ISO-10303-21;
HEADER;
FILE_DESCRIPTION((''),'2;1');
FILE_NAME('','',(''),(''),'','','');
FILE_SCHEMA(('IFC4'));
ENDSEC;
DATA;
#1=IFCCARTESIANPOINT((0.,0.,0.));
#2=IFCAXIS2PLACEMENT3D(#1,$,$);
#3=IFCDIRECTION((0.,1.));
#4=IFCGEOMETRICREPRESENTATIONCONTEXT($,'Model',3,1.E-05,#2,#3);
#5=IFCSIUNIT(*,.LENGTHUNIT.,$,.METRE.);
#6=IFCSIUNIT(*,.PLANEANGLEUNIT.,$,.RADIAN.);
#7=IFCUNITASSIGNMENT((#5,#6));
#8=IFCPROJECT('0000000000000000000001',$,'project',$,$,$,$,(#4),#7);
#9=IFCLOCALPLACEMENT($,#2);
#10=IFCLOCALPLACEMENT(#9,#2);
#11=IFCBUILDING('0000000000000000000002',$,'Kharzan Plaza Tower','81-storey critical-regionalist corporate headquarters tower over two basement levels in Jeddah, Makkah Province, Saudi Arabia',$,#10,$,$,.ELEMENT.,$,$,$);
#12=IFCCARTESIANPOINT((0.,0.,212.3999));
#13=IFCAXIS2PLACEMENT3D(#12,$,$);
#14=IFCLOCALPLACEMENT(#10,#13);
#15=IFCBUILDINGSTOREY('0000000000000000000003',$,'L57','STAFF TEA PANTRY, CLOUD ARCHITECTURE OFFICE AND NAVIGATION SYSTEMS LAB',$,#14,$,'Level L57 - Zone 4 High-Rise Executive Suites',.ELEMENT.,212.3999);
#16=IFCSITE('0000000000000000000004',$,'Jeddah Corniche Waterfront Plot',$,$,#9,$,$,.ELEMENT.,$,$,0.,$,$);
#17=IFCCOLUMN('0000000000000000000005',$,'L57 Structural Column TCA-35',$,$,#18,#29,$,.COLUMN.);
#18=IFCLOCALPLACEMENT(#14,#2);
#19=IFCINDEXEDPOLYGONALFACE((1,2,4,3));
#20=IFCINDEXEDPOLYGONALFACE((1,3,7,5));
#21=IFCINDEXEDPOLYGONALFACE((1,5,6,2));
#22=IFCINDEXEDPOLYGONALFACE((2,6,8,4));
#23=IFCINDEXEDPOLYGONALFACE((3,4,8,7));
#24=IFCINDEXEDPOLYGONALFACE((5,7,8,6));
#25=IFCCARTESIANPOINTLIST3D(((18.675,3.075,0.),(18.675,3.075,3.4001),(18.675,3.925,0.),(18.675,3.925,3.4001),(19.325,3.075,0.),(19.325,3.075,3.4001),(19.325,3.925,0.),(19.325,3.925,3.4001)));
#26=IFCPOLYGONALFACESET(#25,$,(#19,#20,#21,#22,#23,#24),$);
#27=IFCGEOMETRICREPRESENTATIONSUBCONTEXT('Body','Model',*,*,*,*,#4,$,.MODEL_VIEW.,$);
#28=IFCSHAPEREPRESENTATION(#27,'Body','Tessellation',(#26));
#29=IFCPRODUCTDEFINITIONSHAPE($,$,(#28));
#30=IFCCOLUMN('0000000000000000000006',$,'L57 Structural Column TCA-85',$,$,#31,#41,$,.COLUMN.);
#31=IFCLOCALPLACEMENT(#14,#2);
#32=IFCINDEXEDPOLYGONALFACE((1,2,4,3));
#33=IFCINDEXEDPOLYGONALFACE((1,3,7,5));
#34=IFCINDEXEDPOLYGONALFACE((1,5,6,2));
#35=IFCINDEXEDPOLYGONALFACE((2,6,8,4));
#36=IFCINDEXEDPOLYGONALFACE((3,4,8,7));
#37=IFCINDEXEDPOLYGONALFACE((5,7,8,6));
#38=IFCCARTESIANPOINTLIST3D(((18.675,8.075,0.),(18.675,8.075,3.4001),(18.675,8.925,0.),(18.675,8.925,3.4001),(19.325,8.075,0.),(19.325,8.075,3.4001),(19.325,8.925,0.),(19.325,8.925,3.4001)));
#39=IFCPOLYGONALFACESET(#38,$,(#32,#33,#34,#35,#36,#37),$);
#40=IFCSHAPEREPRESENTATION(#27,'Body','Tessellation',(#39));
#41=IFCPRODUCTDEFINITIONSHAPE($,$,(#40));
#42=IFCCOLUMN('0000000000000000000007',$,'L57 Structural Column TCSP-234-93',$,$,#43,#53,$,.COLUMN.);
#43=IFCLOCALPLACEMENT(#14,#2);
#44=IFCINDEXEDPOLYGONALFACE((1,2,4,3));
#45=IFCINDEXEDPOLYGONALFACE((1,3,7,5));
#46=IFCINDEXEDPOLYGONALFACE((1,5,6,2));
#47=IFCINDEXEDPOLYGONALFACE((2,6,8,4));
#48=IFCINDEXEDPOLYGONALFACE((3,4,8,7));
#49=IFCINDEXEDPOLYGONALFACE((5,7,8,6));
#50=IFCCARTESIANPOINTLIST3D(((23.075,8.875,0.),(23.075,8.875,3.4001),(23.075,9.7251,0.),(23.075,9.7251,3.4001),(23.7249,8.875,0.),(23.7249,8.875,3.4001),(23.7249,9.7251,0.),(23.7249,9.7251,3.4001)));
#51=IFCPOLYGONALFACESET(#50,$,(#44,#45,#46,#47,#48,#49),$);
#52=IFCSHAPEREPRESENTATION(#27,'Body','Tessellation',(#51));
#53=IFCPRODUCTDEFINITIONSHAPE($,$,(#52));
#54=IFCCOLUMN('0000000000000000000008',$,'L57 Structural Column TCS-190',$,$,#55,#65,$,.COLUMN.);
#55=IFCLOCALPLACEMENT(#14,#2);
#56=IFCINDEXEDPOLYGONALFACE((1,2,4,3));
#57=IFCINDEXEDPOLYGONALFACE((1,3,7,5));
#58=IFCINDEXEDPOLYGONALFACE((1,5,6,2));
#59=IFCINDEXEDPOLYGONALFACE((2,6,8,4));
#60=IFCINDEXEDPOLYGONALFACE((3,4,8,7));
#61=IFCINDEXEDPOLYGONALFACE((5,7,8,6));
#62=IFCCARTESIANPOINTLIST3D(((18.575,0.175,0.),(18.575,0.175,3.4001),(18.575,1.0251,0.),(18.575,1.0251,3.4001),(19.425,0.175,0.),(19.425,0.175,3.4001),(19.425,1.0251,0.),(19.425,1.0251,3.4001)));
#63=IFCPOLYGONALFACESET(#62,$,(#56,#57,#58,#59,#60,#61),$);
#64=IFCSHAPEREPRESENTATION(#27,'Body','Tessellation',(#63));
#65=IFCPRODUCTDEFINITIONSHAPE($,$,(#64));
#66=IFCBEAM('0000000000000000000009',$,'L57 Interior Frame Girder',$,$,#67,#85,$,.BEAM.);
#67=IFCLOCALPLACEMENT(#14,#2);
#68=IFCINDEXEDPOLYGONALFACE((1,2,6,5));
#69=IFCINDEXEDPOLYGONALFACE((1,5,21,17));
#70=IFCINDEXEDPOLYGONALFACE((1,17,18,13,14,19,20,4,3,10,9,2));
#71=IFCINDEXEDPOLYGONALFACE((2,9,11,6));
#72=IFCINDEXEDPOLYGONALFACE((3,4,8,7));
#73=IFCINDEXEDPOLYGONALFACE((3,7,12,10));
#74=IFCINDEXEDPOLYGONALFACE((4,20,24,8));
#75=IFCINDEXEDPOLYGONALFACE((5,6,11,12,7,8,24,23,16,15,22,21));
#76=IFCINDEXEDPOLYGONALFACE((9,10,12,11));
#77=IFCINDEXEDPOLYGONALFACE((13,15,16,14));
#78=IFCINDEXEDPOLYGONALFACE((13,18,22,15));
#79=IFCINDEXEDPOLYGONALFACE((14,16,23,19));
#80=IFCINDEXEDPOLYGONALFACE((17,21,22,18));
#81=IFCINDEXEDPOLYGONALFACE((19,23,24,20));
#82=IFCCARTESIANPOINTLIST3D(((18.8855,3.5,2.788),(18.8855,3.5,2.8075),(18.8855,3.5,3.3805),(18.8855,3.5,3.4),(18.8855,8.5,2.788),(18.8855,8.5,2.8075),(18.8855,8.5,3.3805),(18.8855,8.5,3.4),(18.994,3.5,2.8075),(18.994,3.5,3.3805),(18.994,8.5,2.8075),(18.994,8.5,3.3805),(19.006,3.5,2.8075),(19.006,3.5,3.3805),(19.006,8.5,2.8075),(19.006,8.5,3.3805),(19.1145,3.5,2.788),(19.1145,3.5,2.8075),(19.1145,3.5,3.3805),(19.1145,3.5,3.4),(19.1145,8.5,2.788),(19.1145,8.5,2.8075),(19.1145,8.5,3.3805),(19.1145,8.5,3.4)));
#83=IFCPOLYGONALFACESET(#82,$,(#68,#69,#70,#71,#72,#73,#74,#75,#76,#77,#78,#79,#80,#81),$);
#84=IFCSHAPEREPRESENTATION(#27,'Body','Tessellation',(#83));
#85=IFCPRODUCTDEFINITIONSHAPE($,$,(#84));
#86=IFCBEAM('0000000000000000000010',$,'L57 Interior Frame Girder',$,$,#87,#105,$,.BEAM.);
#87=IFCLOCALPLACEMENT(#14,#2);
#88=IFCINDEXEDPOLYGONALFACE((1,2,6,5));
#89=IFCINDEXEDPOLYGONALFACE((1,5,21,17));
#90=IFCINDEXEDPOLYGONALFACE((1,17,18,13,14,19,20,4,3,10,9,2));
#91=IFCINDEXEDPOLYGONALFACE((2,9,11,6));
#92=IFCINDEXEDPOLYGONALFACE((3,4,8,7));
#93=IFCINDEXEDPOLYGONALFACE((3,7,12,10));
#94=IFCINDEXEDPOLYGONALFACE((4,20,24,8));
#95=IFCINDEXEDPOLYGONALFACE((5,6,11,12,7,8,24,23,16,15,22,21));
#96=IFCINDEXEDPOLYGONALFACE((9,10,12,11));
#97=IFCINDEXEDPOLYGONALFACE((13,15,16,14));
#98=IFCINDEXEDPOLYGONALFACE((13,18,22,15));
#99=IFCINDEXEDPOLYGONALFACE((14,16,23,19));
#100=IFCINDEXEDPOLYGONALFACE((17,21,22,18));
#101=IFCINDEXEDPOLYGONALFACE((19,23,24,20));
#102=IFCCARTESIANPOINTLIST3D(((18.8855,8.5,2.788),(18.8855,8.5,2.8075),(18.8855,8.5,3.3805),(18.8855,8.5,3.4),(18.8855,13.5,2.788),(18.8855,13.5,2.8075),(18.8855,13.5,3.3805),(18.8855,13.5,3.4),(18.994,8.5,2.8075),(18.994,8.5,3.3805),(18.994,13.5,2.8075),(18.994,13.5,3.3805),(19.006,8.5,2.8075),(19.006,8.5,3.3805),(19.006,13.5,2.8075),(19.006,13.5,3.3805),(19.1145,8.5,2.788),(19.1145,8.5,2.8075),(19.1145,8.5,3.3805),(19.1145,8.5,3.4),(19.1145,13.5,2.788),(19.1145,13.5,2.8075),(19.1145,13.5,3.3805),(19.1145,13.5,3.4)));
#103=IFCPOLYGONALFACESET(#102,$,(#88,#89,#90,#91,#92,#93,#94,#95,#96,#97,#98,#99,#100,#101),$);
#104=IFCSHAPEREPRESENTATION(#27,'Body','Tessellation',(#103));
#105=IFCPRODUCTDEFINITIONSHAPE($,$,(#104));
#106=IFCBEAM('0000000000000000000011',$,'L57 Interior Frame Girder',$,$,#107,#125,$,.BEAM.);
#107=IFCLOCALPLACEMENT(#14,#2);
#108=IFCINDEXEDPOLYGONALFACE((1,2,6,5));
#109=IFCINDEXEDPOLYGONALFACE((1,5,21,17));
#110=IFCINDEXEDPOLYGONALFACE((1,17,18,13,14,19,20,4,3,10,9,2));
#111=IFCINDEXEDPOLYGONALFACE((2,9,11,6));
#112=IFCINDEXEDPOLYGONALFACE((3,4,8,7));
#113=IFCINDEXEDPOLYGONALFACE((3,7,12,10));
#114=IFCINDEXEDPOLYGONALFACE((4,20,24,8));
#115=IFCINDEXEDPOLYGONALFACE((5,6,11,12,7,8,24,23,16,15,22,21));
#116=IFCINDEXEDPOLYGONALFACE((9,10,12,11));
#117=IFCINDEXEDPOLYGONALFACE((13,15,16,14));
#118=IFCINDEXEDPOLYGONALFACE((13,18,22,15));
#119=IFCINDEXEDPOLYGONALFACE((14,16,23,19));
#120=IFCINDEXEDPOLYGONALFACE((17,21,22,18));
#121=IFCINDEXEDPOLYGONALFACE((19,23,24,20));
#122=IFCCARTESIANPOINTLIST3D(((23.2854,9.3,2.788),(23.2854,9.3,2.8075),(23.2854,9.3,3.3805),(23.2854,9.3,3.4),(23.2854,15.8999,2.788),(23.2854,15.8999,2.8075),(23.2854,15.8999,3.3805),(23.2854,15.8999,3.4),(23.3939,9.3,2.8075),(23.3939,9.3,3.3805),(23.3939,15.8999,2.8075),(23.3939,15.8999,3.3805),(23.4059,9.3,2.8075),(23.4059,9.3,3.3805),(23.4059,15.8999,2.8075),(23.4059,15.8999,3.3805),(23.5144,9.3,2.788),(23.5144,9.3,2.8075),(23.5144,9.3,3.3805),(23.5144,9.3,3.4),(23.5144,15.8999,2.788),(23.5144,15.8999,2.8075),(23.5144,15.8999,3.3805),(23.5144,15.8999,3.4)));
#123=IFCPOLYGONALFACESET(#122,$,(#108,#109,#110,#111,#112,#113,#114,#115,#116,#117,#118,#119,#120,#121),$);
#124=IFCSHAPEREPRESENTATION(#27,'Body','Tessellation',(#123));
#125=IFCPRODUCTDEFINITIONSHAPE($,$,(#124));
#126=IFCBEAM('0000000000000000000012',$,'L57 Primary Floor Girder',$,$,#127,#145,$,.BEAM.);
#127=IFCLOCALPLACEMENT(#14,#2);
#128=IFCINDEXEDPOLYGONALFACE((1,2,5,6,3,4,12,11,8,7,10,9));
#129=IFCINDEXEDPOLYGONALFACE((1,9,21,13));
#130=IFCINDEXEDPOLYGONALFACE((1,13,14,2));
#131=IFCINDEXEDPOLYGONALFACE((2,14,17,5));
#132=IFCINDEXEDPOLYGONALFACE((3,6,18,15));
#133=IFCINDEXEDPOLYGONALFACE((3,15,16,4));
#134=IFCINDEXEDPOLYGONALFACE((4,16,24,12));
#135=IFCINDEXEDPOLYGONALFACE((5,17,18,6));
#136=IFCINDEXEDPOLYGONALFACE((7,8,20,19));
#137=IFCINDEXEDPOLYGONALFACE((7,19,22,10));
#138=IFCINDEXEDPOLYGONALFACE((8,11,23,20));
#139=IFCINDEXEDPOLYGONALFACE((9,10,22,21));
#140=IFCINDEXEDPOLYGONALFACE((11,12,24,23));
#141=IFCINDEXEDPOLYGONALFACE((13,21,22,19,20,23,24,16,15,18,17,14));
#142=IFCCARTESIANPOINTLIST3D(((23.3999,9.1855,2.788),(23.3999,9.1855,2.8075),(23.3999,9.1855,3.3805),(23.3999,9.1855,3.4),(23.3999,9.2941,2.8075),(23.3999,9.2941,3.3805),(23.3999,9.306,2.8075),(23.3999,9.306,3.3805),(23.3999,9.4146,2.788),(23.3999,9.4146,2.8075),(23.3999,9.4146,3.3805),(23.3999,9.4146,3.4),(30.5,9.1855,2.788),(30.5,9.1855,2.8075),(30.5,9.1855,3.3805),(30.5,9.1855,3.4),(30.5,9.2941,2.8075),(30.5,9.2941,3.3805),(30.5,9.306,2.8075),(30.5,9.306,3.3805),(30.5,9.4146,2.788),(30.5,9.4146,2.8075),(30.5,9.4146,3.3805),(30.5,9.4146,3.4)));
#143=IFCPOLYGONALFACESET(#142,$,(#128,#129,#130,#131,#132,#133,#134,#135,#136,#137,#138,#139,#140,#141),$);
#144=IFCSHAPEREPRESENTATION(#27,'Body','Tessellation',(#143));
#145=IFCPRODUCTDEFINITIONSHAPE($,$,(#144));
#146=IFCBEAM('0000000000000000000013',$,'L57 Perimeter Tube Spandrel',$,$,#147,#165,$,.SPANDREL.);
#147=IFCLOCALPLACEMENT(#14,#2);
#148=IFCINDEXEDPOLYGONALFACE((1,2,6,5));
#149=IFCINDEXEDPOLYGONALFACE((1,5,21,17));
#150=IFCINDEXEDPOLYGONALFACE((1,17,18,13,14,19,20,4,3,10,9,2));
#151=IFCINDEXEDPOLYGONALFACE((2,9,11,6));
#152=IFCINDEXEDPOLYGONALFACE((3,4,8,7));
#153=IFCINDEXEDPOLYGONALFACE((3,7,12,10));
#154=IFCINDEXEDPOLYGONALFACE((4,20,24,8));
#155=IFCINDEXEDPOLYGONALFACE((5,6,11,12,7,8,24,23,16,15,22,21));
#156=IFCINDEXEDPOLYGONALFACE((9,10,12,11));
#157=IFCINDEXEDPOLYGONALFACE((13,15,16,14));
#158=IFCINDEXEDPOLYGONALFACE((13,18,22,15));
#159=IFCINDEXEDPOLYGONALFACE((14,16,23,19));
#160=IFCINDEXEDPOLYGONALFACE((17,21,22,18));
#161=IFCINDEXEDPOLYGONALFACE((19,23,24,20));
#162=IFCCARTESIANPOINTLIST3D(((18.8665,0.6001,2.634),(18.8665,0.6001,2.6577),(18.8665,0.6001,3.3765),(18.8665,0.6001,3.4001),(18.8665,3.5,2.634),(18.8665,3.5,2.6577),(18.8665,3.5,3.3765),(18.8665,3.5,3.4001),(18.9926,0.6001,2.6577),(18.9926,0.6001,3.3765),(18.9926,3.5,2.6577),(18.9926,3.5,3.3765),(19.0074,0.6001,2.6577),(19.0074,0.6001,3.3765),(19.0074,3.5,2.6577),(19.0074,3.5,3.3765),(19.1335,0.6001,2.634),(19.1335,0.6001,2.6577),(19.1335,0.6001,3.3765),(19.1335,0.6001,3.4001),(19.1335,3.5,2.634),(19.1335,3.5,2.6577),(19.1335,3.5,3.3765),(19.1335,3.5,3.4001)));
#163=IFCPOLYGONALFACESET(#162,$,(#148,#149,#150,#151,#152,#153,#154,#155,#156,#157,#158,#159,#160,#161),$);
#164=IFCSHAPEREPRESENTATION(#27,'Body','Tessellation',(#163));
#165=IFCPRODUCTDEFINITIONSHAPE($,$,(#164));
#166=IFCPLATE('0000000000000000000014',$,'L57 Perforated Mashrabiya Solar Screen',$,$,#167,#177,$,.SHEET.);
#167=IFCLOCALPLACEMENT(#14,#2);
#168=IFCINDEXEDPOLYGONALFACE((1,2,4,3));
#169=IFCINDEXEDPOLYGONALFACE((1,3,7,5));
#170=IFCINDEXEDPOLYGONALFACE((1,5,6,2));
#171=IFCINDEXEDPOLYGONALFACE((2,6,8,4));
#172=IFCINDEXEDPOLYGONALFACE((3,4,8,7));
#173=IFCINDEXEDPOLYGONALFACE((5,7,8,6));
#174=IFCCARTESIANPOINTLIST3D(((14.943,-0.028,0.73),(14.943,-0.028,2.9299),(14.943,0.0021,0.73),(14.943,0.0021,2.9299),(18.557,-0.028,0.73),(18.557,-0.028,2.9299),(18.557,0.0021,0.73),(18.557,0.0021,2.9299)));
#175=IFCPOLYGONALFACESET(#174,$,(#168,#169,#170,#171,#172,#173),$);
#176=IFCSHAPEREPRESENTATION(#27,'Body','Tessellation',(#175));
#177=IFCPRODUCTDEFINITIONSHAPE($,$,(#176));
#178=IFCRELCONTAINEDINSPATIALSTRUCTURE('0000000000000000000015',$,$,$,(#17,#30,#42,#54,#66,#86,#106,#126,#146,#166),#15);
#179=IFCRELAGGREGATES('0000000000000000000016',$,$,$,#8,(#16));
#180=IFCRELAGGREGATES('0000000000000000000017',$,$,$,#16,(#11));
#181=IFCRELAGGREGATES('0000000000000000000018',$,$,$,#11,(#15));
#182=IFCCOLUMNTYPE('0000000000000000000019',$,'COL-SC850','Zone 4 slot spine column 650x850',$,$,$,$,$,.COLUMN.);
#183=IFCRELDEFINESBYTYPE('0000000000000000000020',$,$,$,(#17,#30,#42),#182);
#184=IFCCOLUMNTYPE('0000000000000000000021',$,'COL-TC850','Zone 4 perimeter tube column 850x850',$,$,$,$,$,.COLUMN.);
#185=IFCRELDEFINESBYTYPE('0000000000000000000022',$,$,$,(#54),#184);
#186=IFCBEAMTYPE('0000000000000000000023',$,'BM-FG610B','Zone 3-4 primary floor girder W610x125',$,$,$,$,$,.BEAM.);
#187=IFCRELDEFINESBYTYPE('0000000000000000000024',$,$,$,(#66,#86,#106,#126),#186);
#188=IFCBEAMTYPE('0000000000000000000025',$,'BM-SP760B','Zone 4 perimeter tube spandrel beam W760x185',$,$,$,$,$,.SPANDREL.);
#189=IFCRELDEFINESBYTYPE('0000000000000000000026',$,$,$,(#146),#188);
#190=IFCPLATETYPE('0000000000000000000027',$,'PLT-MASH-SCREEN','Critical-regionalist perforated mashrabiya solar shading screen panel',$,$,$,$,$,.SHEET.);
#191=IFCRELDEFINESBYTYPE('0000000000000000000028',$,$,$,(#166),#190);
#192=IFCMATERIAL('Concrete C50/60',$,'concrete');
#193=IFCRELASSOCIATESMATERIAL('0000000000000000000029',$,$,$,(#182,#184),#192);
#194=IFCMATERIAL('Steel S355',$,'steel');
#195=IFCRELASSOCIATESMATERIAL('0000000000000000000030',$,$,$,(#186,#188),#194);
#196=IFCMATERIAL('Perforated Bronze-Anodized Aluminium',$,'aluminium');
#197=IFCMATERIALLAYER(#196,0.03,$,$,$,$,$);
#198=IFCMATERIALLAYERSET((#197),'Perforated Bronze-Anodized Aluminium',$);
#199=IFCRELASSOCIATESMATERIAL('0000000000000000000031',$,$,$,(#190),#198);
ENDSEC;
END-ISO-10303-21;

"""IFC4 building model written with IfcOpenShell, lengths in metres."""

from ifc_helpers import new_model, si_unit, direction, frame, origin, origin_2d, place, context, subcontext, project, spatial, rectangle, i_section, extrude, source, transform, mapped, material, layer, layer_set, material_profile, profile_set, type_object, element, save


model = new_model("IFC4")

# Units and contexts
model_context = context("Model", 3, precision=1e-05, world=origin(), true_north=direction((0.0, 1.0)))
body_context = subcontext(model_context, "Body", "Model", "MODEL_VIEW")
ifc_project = project(units=[si_unit("LENGTHUNIT", "METRE"), si_unit("PLANEANGLEUNIT", "RADIAN")], contexts=[model_context])

# Site, building, storey
site_placement = place(None, origin())
site = spatial("IfcSite", under=ifc_project, at=site_placement, Name="Jeddah Corniche Waterfront Plot", CompositionType="ELEMENT", RefElevation=0.0)
building_placement = place(site_placement, origin())
building = spatial("IfcBuilding", under=site, at=building_placement, Name="Kharzan Plaza Tower", Description="81-storey critical-regionalist corporate headquarters tower over two basement levels in Jeddah, Makkah Province, Saudi Arabia", CompositionType="ELEMENT")
storey_placement = place(building_placement, frame((0.0, 0.0, 212.3999)))
storey = spatial("IfcBuildingStorey", under=building, at=storey_placement, Name="L57", Description="STAFF TEA PANTRY, CLOUD ARCHITECTURE OFFICE AND NAVIGATION SYSTEMS LAB", LongName="Level L57 - Zone 4 High-Rise Executive Suites", CompositionType="ELEMENT", Elevation=212.3999)

# Columns
ifc_material_1 = material(Name="Concrete C50/60", Category="concrete")
ifc_material_profile_1 = material_profile(ifc_material_1, rectangle(XDim=0.6499, YDim=0.8501, at=origin_2d()), Name="RC-SC850x650")
ifc_profile_set_1 = profile_set([ifc_material_profile_1], Name="Concrete C50/60")
column_type_1 = type_object("IfcColumnType", Name="COL-SC850", Description="Zone 4 slot spine column 650x850", PredefinedType="COLUMN", material=ifc_profile_set_1)
shared_shape_1 = source(origin(), body_context, "Body", "SweptSolid", [
    extrude(rectangle(XDim=0.6499, YDim=0.8501, at=origin_2d()), origin(), (0.0, 0.0, 1.0), 3.4001),
])
for number, where, z_axis, x_axis, name in (
    (1, (19.0, 3.5, 0.0), (0.0, 0.0, 1.0), (1.0, 0.0, 0.0), "L57 Structural Column TCA-35"),
    (2, (19.0, 8.5, 0.0), (0.0, 0.0, 1.0), (1.0, 0.0, 0.0), "L57 Structural Column TCA-85"),
    (3, (23.3999, 9.3, 0.0), (0.0, 0.0, 1.0), (1.0, 0.0, 0.0), "L57 Structural Column TCSP-234-93"),
):
    element("IfcColumn", number, at=place(storey_placement, frame(where, z_axis=z_axis, x_axis=x_axis)), inside=storey, type_object=column_type_1, Name=name, PredefinedType="COLUMN", context=body_context, shape_type="MappedRepresentation", body=[
        mapped(shared_shape_1, transform((0.0, 0.0, 0.0), x_axis=(1.0, 0.0, 0.0), y_axis=(0.0, 1.0, 0.0), z_axis=(0.0, 0.0, 1.0))),
    ])
ifc_material_profile_2 = material_profile(ifc_material_1, rectangle(XDim=0.8501, YDim=0.8501, at=origin_2d()), Name="RC-TC850x850")
ifc_profile_set_2 = profile_set([ifc_material_profile_2], Name="Concrete C50/60")
column_type_2 = type_object("IfcColumnType", Name="COL-TC850", Description="Zone 4 perimeter tube column 850x850", PredefinedType="COLUMN", material=ifc_profile_set_2)
shared_shape_2 = source(origin(), body_context, "Body", "SweptSolid", [
    extrude(rectangle(XDim=0.8501, YDim=0.8501, at=origin_2d()), origin(), (0.0, 0.0, 1.0), 3.4001),
])
column_placement = place(storey_placement, frame((19.0, 0.6001, 0.0), z_axis=(0.0, 0.0, 1.0), x_axis=(1.0, 0.0, 0.0)))
element("IfcColumn", 4, at=column_placement, inside=storey, type_object=column_type_2, Name="L57 Structural Column TCS-190", PredefinedType="COLUMN", context=body_context, shape_type="MappedRepresentation", body=[
    mapped(shared_shape_2, transform((0.0, 0.0, 0.0), x_axis=(1.0, 0.0, 0.0), y_axis=(0.0, 1.0, 0.0), z_axis=(0.0, 0.0, 1.0))),
])

# Beams
ifc_material_2 = material(Name="Steel S355", Category="steel")
ifc_material_profile_3 = material_profile(ifc_material_2, i_section(OverallWidth=0.229, OverallDepth=0.6121, WebThickness=0.012, FlangeThickness=0.0195, at=origin_2d()), Name="W610x125")
ifc_profile_set_3 = profile_set([ifc_material_profile_3], Name="Steel S355")
beam_type_1 = type_object("IfcBeamType", Name="BM-FG610B", Description="Zone 3-4 primary floor girder W610x125", PredefinedType="BEAM", material=ifc_profile_set_3)
shared_shape_3 = source(origin(), body_context, "Body", "SweptSolid", [
    extrude(i_section(OverallWidth=0.229, OverallDepth=0.6121, WebThickness=0.012, FlangeThickness=0.0195, at=origin_2d()), origin(), (0.0, 0.0, 1.0), 5.0),
])
for number, where, z_axis, x_axis, name in (
    (5, (19.0, 3.5, 3.094), (0.0, 1.0, 0.0), (-1.0, 0.0, 0.0), "L57 Interior Frame Girder"),
    (6, (19.0, 8.5, 3.094), (0.0, 1.0, 0.0), (-1.0, 0.0, 0.0), "L57 Interior Frame Girder"),
):
    element("IfcBeam", number, at=place(storey_placement, frame(where, z_axis=z_axis, x_axis=x_axis)), inside=storey, type_object=beam_type_1, Name=name, PredefinedType="BEAM", context=body_context, shape_type="MappedRepresentation", body=[
        mapped(shared_shape_3, transform((0.0, 0.0, 0.0), x_axis=(1.0, 0.0, 0.0), y_axis=(0.0, 1.0, 0.0), z_axis=(0.0, 0.0, 1.0))),
    ])
shared_shape_4 = source(origin(), body_context, "Body", "SweptSolid", [
    extrude(i_section(OverallWidth=0.229, OverallDepth=0.6121, WebThickness=0.012, FlangeThickness=0.0195, at=origin_2d()), origin(), (0.0, 0.0, 1.0), 6.5999),
])
beam_1_placement = place(storey_placement, frame((23.3999, 9.3, 3.094), z_axis=(0.0, 1.0, 0.0), x_axis=(-1.0, 0.0, 0.0)))
element("IfcBeam", 7, at=beam_1_placement, inside=storey, type_object=beam_type_1, Name="L57 Interior Frame Girder", PredefinedType="BEAM", context=body_context, shape_type="MappedRepresentation", body=[
    mapped(shared_shape_4, transform((0.0, 0.0, 0.0), x_axis=(1.0, 0.0, 0.0), y_axis=(0.0, 1.0, 0.0), z_axis=(0.0, 0.0, 1.0))),
])
shared_shape_5 = source(origin(), body_context, "Body", "SweptSolid", [
    extrude(i_section(OverallWidth=0.229, OverallDepth=0.6121, WebThickness=0.012, FlangeThickness=0.0195, at=origin_2d()), origin(), (0.0, 0.0, 1.0), 7.1001),
])
beam_2_placement = place(storey_placement, frame((23.3999, 9.3, 3.094), z_axis=(1.0, 0.0, 0.0), x_axis=(0.0, 1.0, 0.0)))
element("IfcBeam", 8, at=beam_2_placement, inside=storey, type_object=beam_type_1, Name="L57 Primary Floor Girder", PredefinedType="BEAM", context=body_context, shape_type="MappedRepresentation", body=[
    mapped(shared_shape_5, transform((0.0, 0.0, 0.0), x_axis=(1.0, 0.0, 0.0), y_axis=(0.0, 1.0, 0.0), z_axis=(0.0, 0.0, 1.0))),
])
ifc_material_profile_4 = material_profile(ifc_material_2, i_section(OverallWidth=0.2671, OverallDepth=0.7661, WebThickness=0.0149, FlangeThickness=0.0237, at=origin_2d()), Name="W760x185")
ifc_profile_set_4 = profile_set([ifc_material_profile_4], Name="Steel S355")
beam_type_2 = type_object("IfcBeamType", Name="BM-SP760B", Description="Zone 4 perimeter tube spandrel beam W760x185", PredefinedType="SPANDREL", material=ifc_profile_set_4)
shared_shape_6 = source(origin(), body_context, "Body", "SweptSolid", [
    extrude(i_section(OverallWidth=0.2671, OverallDepth=0.7661, WebThickness=0.0149, FlangeThickness=0.0237, at=origin_2d()), origin(), (0.0, 0.0, 1.0), 2.8999),
])
beam_3_placement = place(storey_placement, frame((19.0, 0.6001, 3.0171), z_axis=(0.0, 1.0, 0.0), x_axis=(-1.0, 0.0, 0.0)))
element("IfcBeam", 9, at=beam_3_placement, inside=storey, type_object=beam_type_2, Name="L57 Perimeter Tube Spandrel", PredefinedType="SPANDREL", context=body_context, shape_type="MappedRepresentation", body=[
    mapped(shared_shape_6, transform((0.0, 0.0, 0.0), x_axis=(1.0, 0.0, 0.0), y_axis=(0.0, 1.0, 0.0), z_axis=(0.0, 0.0, 1.0))),
])

# Plate
ifc_material_3 = material(Name="Perforated Bronze-Anodized Aluminium", Category="aluminium")
ifc_layer_1 = layer(ifc_material_3, 0.03)
ifc_layer_set_1 = layer_set([ifc_layer_1], Name="Perforated Bronze-Anodized Aluminium")
plate_type = type_object("IfcPlateType", Name="PLT-MASH-SCREEN", Description="Critical-regionalist perforated mashrabiya solar shading screen panel", PredefinedType="SHEET", material=ifc_layer_set_1)
shared_shape_7 = source(origin(), body_context, "Body", "SweptSolid", [
    extrude(rectangle(XDim=3.614, YDim=0.03, at=origin_2d()), origin(), (0.0, 0.0, 1.0), 2.2),
])
plate_placement = place(storey_placement, frame((16.75, -0.0129, 0.73), z_axis=(0.0, 0.0, 1.0), x_axis=(1.0, 0.0, 0.0)))
element("IfcPlate", 10, at=plate_placement, inside=storey, type_object=plate_type, Name="L57 Perforated Mashrabiya Solar Screen", PredefinedType="SHEET", context=body_context, shape_type="MappedRepresentation", body=[
    mapped(shared_shape_7, transform((0.0, 0.0, 0.0), x_axis=(1.0, 0.0, 0.0), y_axis=(0.0, 1.0, 0.0), z_axis=(0.0, 0.0, 1.0))),
])

save(model, "model.ifc")
